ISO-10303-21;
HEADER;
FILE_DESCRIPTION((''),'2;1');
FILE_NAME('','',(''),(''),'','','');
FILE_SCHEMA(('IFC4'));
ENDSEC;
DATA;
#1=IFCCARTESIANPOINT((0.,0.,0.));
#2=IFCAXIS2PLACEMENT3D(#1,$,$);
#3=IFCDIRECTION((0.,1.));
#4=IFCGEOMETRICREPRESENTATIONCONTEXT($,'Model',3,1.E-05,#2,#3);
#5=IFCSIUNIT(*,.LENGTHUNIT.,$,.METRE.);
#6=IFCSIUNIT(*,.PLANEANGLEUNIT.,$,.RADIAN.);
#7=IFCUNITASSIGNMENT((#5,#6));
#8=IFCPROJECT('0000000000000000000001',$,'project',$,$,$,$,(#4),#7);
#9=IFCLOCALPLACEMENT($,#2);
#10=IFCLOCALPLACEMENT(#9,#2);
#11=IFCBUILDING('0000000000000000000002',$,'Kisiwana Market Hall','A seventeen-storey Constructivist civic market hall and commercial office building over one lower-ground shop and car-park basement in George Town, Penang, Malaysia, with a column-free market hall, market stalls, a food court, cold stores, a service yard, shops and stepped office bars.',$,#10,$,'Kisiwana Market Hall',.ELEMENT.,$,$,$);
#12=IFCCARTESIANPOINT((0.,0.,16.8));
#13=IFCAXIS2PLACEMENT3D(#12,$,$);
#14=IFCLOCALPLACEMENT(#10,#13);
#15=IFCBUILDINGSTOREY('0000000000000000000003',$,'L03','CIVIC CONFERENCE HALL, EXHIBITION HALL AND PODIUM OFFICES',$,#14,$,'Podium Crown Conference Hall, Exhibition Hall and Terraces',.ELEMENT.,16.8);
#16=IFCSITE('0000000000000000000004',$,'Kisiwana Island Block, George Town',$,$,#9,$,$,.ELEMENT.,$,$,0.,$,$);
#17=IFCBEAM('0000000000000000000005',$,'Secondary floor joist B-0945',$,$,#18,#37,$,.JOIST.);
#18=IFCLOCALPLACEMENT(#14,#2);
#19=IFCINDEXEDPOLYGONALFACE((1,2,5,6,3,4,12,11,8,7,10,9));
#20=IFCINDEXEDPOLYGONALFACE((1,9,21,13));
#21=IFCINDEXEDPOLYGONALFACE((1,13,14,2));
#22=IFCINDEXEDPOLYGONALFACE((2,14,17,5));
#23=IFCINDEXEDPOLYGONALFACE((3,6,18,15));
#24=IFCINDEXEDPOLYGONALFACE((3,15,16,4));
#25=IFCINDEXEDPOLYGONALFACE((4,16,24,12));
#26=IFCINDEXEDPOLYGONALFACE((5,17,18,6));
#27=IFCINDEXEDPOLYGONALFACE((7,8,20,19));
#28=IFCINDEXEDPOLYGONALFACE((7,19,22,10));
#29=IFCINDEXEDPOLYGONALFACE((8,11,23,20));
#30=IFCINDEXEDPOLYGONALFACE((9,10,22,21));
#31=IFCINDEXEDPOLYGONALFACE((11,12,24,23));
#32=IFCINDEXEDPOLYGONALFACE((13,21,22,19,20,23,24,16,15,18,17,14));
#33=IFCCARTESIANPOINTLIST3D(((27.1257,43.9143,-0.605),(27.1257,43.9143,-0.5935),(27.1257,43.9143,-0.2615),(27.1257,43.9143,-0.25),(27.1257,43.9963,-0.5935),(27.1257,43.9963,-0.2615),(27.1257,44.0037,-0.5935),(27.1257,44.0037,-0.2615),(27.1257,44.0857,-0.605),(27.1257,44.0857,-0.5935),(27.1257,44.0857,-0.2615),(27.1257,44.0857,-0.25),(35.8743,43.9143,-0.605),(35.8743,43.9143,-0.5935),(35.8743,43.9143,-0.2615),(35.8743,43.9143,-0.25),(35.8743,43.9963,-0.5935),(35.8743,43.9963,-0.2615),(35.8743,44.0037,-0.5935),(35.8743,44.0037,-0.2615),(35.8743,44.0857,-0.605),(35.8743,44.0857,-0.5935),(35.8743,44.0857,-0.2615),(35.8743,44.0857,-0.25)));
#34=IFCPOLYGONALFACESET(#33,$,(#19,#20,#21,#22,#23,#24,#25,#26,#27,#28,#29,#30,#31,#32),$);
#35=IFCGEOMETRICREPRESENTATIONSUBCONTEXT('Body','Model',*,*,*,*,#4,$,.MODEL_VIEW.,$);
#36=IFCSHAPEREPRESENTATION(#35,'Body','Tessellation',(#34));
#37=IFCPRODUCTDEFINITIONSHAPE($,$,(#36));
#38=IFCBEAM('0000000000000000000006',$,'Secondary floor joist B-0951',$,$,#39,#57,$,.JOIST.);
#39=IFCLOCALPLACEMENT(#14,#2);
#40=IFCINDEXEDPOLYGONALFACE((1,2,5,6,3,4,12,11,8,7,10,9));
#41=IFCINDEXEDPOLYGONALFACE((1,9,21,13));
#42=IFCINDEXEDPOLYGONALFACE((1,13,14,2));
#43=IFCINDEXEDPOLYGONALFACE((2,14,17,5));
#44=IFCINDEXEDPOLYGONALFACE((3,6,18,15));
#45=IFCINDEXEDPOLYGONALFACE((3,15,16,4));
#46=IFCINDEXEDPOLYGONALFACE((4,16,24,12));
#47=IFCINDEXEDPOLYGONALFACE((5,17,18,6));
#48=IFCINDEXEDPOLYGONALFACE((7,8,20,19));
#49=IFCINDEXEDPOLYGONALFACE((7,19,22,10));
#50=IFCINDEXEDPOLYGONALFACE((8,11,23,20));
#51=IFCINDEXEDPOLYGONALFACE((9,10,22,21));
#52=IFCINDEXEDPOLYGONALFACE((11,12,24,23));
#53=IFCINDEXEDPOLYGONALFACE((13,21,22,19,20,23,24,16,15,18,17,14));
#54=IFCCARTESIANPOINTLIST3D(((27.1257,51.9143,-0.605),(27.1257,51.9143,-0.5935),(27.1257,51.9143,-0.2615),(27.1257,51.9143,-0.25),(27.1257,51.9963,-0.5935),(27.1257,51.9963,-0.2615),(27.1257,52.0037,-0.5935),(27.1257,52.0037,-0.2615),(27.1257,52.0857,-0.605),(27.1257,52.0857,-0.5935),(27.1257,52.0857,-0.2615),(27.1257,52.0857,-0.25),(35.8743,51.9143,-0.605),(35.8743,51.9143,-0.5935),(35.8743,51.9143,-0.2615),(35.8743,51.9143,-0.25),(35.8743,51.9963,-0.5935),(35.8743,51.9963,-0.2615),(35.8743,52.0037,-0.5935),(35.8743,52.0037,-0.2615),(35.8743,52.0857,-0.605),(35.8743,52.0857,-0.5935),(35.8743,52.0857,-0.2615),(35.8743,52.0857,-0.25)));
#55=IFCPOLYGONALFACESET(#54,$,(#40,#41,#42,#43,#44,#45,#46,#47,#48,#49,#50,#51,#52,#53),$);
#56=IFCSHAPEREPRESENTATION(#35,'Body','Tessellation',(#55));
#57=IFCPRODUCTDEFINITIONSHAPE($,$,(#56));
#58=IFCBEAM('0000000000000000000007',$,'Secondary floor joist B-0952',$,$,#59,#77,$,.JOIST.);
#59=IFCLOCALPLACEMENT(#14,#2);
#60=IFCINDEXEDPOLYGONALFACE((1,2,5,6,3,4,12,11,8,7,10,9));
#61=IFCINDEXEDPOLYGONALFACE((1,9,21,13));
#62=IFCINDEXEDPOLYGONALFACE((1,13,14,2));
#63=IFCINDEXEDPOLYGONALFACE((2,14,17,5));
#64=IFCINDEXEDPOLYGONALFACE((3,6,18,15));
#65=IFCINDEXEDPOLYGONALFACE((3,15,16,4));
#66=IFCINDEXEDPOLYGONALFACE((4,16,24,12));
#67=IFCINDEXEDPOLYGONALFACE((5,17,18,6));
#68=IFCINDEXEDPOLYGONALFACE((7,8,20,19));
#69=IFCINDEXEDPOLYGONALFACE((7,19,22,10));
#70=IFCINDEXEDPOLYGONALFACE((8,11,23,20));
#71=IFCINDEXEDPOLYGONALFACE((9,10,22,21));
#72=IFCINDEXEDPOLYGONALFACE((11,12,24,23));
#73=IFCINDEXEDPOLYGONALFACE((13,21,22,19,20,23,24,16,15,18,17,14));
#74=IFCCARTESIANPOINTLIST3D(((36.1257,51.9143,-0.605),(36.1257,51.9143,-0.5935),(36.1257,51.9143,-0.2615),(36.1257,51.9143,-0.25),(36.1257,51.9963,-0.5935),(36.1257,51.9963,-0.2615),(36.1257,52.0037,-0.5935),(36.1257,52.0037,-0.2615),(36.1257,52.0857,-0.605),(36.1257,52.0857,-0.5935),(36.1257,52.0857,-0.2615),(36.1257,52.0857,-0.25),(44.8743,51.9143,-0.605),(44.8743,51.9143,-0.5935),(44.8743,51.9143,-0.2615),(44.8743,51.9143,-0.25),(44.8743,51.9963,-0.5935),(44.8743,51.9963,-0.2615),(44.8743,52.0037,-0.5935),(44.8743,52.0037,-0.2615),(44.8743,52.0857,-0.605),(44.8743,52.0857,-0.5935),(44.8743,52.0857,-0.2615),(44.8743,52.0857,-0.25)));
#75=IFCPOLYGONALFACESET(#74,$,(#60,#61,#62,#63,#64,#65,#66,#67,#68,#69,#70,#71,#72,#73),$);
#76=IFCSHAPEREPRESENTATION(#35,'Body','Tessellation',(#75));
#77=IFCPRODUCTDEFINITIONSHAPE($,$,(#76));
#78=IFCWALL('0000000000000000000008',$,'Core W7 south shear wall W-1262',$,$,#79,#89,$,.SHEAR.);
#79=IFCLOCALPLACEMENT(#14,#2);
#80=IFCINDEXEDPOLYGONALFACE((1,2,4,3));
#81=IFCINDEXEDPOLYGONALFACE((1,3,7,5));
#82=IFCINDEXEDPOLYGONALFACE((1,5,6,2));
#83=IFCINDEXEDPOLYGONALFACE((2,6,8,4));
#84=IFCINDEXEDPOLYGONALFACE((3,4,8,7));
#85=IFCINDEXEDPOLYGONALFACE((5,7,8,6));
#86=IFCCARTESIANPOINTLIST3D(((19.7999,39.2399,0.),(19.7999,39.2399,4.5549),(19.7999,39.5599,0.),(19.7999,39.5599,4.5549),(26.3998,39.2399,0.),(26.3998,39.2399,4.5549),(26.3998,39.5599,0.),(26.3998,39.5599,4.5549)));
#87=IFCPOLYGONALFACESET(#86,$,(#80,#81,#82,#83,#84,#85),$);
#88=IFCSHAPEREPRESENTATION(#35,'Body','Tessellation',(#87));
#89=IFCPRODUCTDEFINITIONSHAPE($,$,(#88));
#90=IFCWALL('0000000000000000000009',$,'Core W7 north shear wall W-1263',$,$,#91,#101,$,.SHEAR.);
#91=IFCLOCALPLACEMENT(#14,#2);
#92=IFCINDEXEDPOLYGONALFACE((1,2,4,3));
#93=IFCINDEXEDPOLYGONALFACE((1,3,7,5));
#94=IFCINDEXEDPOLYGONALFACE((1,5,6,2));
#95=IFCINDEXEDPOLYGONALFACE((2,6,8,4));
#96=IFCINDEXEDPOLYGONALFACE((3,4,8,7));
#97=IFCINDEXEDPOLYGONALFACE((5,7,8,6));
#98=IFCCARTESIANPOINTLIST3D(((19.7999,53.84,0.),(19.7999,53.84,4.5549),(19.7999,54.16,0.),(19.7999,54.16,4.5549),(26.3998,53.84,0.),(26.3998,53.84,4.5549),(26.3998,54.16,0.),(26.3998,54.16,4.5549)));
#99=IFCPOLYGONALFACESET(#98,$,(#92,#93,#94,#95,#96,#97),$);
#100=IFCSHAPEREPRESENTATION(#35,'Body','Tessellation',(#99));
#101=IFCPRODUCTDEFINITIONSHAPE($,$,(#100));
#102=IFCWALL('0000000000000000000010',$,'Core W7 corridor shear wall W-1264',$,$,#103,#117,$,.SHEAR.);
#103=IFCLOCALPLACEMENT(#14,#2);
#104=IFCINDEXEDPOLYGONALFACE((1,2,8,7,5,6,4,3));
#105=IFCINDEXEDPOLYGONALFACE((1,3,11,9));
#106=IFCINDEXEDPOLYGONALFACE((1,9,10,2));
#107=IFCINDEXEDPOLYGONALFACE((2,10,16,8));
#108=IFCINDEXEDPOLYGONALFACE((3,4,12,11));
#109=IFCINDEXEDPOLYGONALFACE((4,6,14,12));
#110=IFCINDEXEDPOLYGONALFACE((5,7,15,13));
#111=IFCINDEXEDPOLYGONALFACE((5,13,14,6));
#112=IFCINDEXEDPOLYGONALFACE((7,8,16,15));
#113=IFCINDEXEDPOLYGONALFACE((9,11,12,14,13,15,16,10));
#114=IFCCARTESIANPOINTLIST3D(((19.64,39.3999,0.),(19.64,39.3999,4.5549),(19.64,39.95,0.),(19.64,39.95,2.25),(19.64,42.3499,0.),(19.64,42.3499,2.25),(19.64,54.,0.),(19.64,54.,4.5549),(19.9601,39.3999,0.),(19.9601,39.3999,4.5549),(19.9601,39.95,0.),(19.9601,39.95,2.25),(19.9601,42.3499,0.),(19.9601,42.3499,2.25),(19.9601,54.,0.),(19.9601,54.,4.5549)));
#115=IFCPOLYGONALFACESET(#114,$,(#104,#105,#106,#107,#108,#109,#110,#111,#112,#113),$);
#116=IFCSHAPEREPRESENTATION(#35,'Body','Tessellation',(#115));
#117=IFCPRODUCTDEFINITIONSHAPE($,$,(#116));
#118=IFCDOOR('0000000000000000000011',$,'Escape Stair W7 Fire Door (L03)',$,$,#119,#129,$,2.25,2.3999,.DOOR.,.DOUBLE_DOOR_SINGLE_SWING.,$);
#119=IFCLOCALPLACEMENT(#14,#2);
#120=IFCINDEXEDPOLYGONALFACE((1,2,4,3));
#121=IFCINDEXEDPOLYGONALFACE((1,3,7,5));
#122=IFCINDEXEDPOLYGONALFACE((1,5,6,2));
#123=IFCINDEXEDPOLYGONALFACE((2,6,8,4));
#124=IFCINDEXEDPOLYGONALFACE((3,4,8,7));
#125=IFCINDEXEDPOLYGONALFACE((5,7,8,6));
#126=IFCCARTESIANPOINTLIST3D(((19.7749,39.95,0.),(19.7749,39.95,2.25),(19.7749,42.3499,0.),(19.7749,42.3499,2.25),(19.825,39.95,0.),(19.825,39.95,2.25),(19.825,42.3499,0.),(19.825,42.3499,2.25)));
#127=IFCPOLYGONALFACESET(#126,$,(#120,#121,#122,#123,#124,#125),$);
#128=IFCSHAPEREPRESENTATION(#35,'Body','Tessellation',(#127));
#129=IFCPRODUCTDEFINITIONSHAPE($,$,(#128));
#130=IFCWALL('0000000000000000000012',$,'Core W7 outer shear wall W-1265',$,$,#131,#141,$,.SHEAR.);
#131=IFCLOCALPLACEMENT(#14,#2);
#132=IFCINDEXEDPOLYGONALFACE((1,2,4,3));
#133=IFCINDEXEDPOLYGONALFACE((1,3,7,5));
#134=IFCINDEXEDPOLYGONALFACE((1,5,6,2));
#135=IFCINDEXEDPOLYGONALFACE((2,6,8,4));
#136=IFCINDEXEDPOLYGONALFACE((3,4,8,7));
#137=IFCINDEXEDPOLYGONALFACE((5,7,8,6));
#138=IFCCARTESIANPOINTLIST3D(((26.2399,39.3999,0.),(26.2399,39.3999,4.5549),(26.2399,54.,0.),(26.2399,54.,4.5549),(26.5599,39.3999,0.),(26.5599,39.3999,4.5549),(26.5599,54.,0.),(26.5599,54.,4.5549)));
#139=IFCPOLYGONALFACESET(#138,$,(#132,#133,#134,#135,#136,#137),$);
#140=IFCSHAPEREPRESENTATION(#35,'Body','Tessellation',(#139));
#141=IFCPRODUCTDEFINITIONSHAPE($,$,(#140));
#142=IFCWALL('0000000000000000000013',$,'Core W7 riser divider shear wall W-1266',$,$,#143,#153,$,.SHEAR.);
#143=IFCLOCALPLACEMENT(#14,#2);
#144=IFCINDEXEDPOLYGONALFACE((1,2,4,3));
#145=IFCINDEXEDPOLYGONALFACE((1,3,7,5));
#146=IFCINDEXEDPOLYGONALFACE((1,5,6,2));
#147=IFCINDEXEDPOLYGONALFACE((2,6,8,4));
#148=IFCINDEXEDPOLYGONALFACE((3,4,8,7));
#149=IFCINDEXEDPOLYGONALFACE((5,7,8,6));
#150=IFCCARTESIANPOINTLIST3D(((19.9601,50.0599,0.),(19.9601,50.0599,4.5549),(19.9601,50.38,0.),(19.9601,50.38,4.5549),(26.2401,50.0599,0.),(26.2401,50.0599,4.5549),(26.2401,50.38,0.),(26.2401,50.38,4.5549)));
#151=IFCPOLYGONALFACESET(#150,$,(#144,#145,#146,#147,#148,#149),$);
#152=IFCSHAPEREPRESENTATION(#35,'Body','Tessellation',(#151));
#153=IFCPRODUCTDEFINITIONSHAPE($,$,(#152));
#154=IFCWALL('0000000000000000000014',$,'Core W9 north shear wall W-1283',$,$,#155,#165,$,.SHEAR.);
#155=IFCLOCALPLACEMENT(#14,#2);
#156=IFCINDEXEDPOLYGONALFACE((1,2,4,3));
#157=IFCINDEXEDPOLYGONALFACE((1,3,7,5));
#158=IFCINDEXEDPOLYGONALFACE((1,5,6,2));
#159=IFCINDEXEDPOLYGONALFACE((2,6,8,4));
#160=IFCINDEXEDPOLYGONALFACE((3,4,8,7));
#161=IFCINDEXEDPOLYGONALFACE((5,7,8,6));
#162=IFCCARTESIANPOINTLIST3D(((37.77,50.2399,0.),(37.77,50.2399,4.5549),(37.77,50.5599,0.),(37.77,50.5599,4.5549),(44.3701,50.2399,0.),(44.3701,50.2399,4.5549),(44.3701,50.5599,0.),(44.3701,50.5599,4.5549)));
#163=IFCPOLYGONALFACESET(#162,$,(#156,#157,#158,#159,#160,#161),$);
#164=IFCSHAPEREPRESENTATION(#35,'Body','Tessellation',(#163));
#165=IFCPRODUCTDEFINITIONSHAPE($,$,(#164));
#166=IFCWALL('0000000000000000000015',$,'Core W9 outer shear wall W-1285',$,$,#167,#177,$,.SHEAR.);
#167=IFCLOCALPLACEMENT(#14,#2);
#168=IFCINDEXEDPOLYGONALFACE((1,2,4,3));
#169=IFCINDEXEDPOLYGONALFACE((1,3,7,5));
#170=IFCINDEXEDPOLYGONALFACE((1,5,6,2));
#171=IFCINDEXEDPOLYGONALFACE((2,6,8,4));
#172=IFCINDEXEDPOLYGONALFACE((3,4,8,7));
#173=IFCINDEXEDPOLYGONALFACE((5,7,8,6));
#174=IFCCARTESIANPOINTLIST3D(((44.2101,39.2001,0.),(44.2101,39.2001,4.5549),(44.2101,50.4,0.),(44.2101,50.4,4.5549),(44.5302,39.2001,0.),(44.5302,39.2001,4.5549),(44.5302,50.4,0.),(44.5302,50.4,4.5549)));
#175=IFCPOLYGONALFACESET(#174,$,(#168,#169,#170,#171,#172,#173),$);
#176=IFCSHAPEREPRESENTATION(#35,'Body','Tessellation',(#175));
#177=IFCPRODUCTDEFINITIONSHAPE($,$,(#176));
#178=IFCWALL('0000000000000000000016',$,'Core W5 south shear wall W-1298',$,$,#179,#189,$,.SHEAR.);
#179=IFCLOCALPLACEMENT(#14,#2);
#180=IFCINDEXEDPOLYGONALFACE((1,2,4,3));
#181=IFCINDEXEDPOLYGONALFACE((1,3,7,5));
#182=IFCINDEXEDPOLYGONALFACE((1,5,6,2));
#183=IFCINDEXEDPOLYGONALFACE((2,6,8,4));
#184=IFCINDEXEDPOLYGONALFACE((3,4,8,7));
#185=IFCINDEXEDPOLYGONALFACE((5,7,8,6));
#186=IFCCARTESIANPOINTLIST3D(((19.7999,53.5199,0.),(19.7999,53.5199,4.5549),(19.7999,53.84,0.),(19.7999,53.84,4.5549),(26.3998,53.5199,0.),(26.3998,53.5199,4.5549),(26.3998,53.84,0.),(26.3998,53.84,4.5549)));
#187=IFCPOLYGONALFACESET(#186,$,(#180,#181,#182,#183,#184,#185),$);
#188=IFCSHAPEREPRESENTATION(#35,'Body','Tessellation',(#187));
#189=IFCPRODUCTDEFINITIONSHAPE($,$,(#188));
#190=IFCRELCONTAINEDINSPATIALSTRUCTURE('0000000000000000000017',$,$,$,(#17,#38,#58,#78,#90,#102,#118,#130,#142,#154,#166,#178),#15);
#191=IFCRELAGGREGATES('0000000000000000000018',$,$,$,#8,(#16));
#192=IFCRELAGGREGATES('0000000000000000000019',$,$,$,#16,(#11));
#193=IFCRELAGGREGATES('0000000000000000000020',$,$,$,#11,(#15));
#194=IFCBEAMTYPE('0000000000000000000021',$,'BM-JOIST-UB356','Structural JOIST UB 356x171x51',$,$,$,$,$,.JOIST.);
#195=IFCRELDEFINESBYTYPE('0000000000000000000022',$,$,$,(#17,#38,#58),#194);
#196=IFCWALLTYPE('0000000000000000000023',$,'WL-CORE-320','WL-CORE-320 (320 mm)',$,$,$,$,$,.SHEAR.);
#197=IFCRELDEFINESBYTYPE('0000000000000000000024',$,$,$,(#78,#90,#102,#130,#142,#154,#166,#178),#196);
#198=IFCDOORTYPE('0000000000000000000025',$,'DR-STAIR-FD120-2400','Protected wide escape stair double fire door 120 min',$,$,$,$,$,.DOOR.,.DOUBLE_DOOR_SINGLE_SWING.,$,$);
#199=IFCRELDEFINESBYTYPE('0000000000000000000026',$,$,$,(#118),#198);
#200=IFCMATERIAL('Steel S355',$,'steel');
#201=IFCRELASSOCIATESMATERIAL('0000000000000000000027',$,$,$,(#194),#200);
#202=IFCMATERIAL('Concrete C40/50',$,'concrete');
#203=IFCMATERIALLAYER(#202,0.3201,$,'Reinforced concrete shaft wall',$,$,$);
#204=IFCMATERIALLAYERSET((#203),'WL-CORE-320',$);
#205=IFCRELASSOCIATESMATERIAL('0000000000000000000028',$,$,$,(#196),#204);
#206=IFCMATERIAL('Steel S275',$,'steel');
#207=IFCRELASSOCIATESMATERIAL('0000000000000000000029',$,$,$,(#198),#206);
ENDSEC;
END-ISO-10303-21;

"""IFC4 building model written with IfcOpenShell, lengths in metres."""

from ifc_helpers import new_model, si_unit, direction, frame, frame_2d, origin, origin_2d, place, context, subcontext, project, spatial, rectangle, i_section, extrude, material, layer, layer_set, material_profile, profile_set, type_object, element, fill, save


model = new_model("IFC4")

# Units and contexts
model_context = context("Model", 3, precision=1e-05, world=origin(), true_north=direction((0.0, 1.0)))
body_context = subcontext(model_context, "Body", "Model", "MODEL_VIEW")
ifc_project = project(units=[si_unit("LENGTHUNIT", "METRE"), si_unit("PLANEANGLEUNIT", "RADIAN")], contexts=[model_context])

# Site, building, storey
site_placement = place(None, origin())
site = spatial("IfcSite", under=ifc_project, at=site_placement, Name="Kisiwana Island Block, George Town", CompositionType="ELEMENT", RefElevation=0.0)
building_placement = place(site_placement, origin())
building = spatial("IfcBuilding", under=site, at=building_placement, Name="Kisiwana Market Hall", Description="A seventeen-storey Constructivist civic market hall and commercial office building over one lower-ground shop and car-park basement in George Town, Penang, Malaysia, with a column-free market hall, market stalls, a food court, cold stores, a service yard, shops and stepped office bars.", LongName="Kisiwana Market Hall", CompositionType="ELEMENT")
storey_placement = place(building_placement, frame((0.0, 0.0, 16.8)))
storey = spatial("IfcBuildingStorey", under=building, at=storey_placement, Name="L03", Description="CIVIC CONFERENCE HALL, EXHIBITION HALL AND PODIUM OFFICES", LongName="Podium Crown Conference Hall, Exhibition Hall and Terraces", CompositionType="ELEMENT", Elevation=16.8)

# Beams
ifc_material_1 = material(Name="Steel S355", Category="steel")
ifc_material_profile = material_profile(ifc_material_1, i_section(OverallWidth=0.1714, OverallDepth=0.355, WebThickness=0.0073, FlangeThickness=0.0115, at=origin_2d()), Name="UB 356x171x51")
ifc_profile_set = profile_set([ifc_material_profile], Name="Steel S355")
beam_type = type_object("IfcBeamType", Name="BM-JOIST-UB356", Description="Structural JOIST UB 356x171x51", PredefinedType="JOIST", material=ifc_profile_set)
for number, where, z_axis, x_axis, name in (
    (1, (27.1257, 44.0, -0.4275), (1.0, 0.0, 0.0), (0.0, 1.0, 0.0), "Secondary floor joist B-0945"),
    (2, (27.1257, 52.0, -0.4275), (1.0, 0.0, 0.0), (0.0, 1.0, 0.0), "Secondary floor joist B-0951"),
    (3, (36.1257, 52.0, -0.4275), (1.0, 0.0, 0.0), (0.0, 1.0, 0.0), "Secondary floor joist B-0952"),
):
    element("IfcBeam", number, at=place(storey_placement, frame(where, z_axis=z_axis, x_axis=x_axis)), inside=storey, type_object=beam_type, Name=name, PredefinedType="JOIST", context=body_context, shape_type="SweptSolid", body=[
        extrude(i_section(OverallWidth=0.1714, OverallDepth=0.355, WebThickness=0.0073, FlangeThickness=0.0115, at=origin_2d()), origin(), (0.0, 0.0, 1.0), 8.7485),
    ])

# Walls
ifc_material_2 = material(Name="Concrete C40/50", Category="concrete")
ifc_layer = layer(ifc_material_2, 0.3201, Name="Reinforced concrete shaft wall")
ifc_layer_set = layer_set([ifc_layer], Name="WL-CORE-320")
wall_type = type_object("IfcWallType", Name="WL-CORE-320", Description="WL-CORE-320 (320 mm)", PredefinedType="SHEAR", material=ifc_layer_set)
for number, where, z_axis, x_axis, name in (
    (4, (19.8, 39.3999, 0.0), (0.0, 0.0, 1.0), (1.0, 0.0, 0.0), "Core W7 south shear wall W-1262"),
    (5, (19.8, 54.0, 0.0), (0.0, 0.0, 1.0), (1.0, 0.0, 0.0), "Core W7 north shear wall W-1263"),
):
    element("IfcWall", number, at=place(storey_placement, frame(where, z_axis=z_axis, x_axis=x_axis)), inside=storey, type_object=wall_type, Name=name, PredefinedType="SHEAR", context=body_context, shape_type="SweptSolid", body=[
        extrude(rectangle(XDim=6.5999, YDim=0.3201, at=frame_2d((3.2998, 0.0))), origin(), (0.0, 0.0, 1.0), 4.5549),
    ])

# Wall, opening, door
wall_1_placement = place(storey_placement, frame((19.8, 39.3999, 0.0), z_axis=(0.0, 0.0, 1.0), x_axis=(0.0, 1.0, 0.0)))
wall_1 = element("IfcWall", 6, at=wall_1_placement, inside=storey, type_object=wall_type, Name="Core W7 corridor shear wall W-1264", PredefinedType="SHEAR", context=body_context, shape_type="SweptSolid", body=[
    extrude(rectangle(XDim=14.6001, YDim=0.3201, at=frame_2d((7.3, 0.0))), origin(), (0.0, 0.0, 1.0), 4.5549),
])
opening_1_placement = place(wall_1_placement, frame((0.55, 0.0, 0.0)))
opening_1 = element("IfcOpeningElement", 7, at=opening_1_placement, cuts=wall_1, PredefinedType="OPENING", context=body_context, shape_type="SweptSolid", body=[
    extrude(rectangle(XDim=2.3999, YDim=2.25, at=frame_2d((1.2, 1.125))), frame((0.0, 0.1719, 0.0), z_axis=(0.0, -1.0, 0.0), x_axis=(1.0, 0.0, 0.0)), (0.0, 0.0, 1.0), 0.344),
])
ifc_material_3 = material(Name="Steel S275", Category="steel")
door_type = type_object("IfcDoorType", Name="DR-STAIR-FD120-2400", Description="Protected wide escape stair double fire door 120 min", OperationType="DOUBLE_DOOR_SINGLE_SWING", PredefinedType="DOOR", material=ifc_material_3)
door_1_placement = place(opening_1_placement, frame((2.3999, 0.0, 0.0), z_axis=(0.0, 0.0, 1.0), x_axis=(-1.0, 0.0, 0.0)))
door_1 = element("IfcDoor", 8, at=door_1_placement, inside=storey, type_object=door_type, Name="Escape Stair W7 Fire Door (L03)", OperationType="DOUBLE_DOOR_SINGLE_SWING", OverallHeight=2.25, OverallWidth=2.3999, PredefinedType="DOOR", context=body_context, shape_type="SweptSolid", body=[
    extrude(rectangle(XDim=2.3999, YDim=2.25, at=frame_2d((1.2, 1.125))), frame((0.0, 0.0249, 0.0), z_axis=(0.0, -1.0, 0.0), x_axis=(1.0, 0.0, 0.0)), (0.0, 0.0, 1.0), 0.05),
])
fill(opening_1, door_1)

# Walls
wall_2_placement = place(storey_placement, frame((26.3999, 39.3999, 0.0), z_axis=(0.0, 0.0, 1.0), x_axis=(0.0, 1.0, 0.0)))
element("IfcWall", 9, at=wall_2_placement, inside=storey, type_object=wall_type, Name="Core W7 outer shear wall W-1265", PredefinedType="SHEAR", context=body_context, shape_type="SweptSolid", body=[
    extrude(rectangle(XDim=14.6001, YDim=0.3201, at=frame_2d((7.3, 0.0))), origin(), (0.0, 0.0, 1.0), 4.5549),
])
wall_3_placement = place(storey_placement, frame((19.96, 50.22, 0.0), z_axis=(0.0, 0.0, 1.0), x_axis=(1.0, 0.0, 0.0)))
element("IfcWall", 10, at=wall_3_placement, inside=storey, type_object=wall_type, Name="Core W7 riser divider shear wall W-1266", PredefinedType="SHEAR", context=body_context, shape_type="SweptSolid", body=[
    extrude(rectangle(XDim=6.28, YDim=0.3201, at=frame_2d((3.1401, 0.0))), origin(), (0.0, 0.0, 1.0), 4.5549),
])
wall_4_placement = place(storey_placement, frame((37.77, 50.3999, 0.0), z_axis=(0.0, 0.0, 1.0), x_axis=(1.0, 0.0, 0.0)))
element("IfcWall", 11, at=wall_4_placement, inside=storey, type_object=wall_type, Name="Core W9 north shear wall W-1283", PredefinedType="SHEAR", context=body_context, shape_type="SweptSolid", body=[
    extrude(rectangle(XDim=6.6001, YDim=0.3201, at=frame_2d((3.3, 0.0))), origin(), (0.0, 0.0, 1.0), 4.5549),
])
wall_5_placement = place(storey_placement, frame((44.3701, 39.2, 0.0), z_axis=(0.0, 0.0, 1.0), x_axis=(0.0, 1.0, 0.0)))
element("IfcWall", 12, at=wall_5_placement, inside=storey, type_object=wall_type, Name="Core W9 outer shear wall W-1285", PredefinedType="SHEAR", context=body_context, shape_type="SweptSolid", body=[
    extrude(rectangle(XDim=11.2, YDim=0.3201, at=frame_2d((5.6001, 0.0))), origin(), (0.0, 0.0, 1.0), 4.5549),
])
wall_6_placement = place(storey_placement, frame((19.8, 53.6799, 0.0), z_axis=(0.0, 0.0, 1.0), x_axis=(1.0, 0.0, 0.0)))
element("IfcWall", 13, at=wall_6_placement, inside=storey, type_object=wall_type, Name="Core W5 south shear wall W-1298", PredefinedType="SHEAR", context=body_context, shape_type="SweptSolid", body=[
    extrude(rectangle(XDim=6.5999, YDim=0.3201, at=frame_2d((3.2998, 0.0))), origin(), (0.0, 0.0, 1.0), 4.5549),
])

save(model, "model.ifc")
